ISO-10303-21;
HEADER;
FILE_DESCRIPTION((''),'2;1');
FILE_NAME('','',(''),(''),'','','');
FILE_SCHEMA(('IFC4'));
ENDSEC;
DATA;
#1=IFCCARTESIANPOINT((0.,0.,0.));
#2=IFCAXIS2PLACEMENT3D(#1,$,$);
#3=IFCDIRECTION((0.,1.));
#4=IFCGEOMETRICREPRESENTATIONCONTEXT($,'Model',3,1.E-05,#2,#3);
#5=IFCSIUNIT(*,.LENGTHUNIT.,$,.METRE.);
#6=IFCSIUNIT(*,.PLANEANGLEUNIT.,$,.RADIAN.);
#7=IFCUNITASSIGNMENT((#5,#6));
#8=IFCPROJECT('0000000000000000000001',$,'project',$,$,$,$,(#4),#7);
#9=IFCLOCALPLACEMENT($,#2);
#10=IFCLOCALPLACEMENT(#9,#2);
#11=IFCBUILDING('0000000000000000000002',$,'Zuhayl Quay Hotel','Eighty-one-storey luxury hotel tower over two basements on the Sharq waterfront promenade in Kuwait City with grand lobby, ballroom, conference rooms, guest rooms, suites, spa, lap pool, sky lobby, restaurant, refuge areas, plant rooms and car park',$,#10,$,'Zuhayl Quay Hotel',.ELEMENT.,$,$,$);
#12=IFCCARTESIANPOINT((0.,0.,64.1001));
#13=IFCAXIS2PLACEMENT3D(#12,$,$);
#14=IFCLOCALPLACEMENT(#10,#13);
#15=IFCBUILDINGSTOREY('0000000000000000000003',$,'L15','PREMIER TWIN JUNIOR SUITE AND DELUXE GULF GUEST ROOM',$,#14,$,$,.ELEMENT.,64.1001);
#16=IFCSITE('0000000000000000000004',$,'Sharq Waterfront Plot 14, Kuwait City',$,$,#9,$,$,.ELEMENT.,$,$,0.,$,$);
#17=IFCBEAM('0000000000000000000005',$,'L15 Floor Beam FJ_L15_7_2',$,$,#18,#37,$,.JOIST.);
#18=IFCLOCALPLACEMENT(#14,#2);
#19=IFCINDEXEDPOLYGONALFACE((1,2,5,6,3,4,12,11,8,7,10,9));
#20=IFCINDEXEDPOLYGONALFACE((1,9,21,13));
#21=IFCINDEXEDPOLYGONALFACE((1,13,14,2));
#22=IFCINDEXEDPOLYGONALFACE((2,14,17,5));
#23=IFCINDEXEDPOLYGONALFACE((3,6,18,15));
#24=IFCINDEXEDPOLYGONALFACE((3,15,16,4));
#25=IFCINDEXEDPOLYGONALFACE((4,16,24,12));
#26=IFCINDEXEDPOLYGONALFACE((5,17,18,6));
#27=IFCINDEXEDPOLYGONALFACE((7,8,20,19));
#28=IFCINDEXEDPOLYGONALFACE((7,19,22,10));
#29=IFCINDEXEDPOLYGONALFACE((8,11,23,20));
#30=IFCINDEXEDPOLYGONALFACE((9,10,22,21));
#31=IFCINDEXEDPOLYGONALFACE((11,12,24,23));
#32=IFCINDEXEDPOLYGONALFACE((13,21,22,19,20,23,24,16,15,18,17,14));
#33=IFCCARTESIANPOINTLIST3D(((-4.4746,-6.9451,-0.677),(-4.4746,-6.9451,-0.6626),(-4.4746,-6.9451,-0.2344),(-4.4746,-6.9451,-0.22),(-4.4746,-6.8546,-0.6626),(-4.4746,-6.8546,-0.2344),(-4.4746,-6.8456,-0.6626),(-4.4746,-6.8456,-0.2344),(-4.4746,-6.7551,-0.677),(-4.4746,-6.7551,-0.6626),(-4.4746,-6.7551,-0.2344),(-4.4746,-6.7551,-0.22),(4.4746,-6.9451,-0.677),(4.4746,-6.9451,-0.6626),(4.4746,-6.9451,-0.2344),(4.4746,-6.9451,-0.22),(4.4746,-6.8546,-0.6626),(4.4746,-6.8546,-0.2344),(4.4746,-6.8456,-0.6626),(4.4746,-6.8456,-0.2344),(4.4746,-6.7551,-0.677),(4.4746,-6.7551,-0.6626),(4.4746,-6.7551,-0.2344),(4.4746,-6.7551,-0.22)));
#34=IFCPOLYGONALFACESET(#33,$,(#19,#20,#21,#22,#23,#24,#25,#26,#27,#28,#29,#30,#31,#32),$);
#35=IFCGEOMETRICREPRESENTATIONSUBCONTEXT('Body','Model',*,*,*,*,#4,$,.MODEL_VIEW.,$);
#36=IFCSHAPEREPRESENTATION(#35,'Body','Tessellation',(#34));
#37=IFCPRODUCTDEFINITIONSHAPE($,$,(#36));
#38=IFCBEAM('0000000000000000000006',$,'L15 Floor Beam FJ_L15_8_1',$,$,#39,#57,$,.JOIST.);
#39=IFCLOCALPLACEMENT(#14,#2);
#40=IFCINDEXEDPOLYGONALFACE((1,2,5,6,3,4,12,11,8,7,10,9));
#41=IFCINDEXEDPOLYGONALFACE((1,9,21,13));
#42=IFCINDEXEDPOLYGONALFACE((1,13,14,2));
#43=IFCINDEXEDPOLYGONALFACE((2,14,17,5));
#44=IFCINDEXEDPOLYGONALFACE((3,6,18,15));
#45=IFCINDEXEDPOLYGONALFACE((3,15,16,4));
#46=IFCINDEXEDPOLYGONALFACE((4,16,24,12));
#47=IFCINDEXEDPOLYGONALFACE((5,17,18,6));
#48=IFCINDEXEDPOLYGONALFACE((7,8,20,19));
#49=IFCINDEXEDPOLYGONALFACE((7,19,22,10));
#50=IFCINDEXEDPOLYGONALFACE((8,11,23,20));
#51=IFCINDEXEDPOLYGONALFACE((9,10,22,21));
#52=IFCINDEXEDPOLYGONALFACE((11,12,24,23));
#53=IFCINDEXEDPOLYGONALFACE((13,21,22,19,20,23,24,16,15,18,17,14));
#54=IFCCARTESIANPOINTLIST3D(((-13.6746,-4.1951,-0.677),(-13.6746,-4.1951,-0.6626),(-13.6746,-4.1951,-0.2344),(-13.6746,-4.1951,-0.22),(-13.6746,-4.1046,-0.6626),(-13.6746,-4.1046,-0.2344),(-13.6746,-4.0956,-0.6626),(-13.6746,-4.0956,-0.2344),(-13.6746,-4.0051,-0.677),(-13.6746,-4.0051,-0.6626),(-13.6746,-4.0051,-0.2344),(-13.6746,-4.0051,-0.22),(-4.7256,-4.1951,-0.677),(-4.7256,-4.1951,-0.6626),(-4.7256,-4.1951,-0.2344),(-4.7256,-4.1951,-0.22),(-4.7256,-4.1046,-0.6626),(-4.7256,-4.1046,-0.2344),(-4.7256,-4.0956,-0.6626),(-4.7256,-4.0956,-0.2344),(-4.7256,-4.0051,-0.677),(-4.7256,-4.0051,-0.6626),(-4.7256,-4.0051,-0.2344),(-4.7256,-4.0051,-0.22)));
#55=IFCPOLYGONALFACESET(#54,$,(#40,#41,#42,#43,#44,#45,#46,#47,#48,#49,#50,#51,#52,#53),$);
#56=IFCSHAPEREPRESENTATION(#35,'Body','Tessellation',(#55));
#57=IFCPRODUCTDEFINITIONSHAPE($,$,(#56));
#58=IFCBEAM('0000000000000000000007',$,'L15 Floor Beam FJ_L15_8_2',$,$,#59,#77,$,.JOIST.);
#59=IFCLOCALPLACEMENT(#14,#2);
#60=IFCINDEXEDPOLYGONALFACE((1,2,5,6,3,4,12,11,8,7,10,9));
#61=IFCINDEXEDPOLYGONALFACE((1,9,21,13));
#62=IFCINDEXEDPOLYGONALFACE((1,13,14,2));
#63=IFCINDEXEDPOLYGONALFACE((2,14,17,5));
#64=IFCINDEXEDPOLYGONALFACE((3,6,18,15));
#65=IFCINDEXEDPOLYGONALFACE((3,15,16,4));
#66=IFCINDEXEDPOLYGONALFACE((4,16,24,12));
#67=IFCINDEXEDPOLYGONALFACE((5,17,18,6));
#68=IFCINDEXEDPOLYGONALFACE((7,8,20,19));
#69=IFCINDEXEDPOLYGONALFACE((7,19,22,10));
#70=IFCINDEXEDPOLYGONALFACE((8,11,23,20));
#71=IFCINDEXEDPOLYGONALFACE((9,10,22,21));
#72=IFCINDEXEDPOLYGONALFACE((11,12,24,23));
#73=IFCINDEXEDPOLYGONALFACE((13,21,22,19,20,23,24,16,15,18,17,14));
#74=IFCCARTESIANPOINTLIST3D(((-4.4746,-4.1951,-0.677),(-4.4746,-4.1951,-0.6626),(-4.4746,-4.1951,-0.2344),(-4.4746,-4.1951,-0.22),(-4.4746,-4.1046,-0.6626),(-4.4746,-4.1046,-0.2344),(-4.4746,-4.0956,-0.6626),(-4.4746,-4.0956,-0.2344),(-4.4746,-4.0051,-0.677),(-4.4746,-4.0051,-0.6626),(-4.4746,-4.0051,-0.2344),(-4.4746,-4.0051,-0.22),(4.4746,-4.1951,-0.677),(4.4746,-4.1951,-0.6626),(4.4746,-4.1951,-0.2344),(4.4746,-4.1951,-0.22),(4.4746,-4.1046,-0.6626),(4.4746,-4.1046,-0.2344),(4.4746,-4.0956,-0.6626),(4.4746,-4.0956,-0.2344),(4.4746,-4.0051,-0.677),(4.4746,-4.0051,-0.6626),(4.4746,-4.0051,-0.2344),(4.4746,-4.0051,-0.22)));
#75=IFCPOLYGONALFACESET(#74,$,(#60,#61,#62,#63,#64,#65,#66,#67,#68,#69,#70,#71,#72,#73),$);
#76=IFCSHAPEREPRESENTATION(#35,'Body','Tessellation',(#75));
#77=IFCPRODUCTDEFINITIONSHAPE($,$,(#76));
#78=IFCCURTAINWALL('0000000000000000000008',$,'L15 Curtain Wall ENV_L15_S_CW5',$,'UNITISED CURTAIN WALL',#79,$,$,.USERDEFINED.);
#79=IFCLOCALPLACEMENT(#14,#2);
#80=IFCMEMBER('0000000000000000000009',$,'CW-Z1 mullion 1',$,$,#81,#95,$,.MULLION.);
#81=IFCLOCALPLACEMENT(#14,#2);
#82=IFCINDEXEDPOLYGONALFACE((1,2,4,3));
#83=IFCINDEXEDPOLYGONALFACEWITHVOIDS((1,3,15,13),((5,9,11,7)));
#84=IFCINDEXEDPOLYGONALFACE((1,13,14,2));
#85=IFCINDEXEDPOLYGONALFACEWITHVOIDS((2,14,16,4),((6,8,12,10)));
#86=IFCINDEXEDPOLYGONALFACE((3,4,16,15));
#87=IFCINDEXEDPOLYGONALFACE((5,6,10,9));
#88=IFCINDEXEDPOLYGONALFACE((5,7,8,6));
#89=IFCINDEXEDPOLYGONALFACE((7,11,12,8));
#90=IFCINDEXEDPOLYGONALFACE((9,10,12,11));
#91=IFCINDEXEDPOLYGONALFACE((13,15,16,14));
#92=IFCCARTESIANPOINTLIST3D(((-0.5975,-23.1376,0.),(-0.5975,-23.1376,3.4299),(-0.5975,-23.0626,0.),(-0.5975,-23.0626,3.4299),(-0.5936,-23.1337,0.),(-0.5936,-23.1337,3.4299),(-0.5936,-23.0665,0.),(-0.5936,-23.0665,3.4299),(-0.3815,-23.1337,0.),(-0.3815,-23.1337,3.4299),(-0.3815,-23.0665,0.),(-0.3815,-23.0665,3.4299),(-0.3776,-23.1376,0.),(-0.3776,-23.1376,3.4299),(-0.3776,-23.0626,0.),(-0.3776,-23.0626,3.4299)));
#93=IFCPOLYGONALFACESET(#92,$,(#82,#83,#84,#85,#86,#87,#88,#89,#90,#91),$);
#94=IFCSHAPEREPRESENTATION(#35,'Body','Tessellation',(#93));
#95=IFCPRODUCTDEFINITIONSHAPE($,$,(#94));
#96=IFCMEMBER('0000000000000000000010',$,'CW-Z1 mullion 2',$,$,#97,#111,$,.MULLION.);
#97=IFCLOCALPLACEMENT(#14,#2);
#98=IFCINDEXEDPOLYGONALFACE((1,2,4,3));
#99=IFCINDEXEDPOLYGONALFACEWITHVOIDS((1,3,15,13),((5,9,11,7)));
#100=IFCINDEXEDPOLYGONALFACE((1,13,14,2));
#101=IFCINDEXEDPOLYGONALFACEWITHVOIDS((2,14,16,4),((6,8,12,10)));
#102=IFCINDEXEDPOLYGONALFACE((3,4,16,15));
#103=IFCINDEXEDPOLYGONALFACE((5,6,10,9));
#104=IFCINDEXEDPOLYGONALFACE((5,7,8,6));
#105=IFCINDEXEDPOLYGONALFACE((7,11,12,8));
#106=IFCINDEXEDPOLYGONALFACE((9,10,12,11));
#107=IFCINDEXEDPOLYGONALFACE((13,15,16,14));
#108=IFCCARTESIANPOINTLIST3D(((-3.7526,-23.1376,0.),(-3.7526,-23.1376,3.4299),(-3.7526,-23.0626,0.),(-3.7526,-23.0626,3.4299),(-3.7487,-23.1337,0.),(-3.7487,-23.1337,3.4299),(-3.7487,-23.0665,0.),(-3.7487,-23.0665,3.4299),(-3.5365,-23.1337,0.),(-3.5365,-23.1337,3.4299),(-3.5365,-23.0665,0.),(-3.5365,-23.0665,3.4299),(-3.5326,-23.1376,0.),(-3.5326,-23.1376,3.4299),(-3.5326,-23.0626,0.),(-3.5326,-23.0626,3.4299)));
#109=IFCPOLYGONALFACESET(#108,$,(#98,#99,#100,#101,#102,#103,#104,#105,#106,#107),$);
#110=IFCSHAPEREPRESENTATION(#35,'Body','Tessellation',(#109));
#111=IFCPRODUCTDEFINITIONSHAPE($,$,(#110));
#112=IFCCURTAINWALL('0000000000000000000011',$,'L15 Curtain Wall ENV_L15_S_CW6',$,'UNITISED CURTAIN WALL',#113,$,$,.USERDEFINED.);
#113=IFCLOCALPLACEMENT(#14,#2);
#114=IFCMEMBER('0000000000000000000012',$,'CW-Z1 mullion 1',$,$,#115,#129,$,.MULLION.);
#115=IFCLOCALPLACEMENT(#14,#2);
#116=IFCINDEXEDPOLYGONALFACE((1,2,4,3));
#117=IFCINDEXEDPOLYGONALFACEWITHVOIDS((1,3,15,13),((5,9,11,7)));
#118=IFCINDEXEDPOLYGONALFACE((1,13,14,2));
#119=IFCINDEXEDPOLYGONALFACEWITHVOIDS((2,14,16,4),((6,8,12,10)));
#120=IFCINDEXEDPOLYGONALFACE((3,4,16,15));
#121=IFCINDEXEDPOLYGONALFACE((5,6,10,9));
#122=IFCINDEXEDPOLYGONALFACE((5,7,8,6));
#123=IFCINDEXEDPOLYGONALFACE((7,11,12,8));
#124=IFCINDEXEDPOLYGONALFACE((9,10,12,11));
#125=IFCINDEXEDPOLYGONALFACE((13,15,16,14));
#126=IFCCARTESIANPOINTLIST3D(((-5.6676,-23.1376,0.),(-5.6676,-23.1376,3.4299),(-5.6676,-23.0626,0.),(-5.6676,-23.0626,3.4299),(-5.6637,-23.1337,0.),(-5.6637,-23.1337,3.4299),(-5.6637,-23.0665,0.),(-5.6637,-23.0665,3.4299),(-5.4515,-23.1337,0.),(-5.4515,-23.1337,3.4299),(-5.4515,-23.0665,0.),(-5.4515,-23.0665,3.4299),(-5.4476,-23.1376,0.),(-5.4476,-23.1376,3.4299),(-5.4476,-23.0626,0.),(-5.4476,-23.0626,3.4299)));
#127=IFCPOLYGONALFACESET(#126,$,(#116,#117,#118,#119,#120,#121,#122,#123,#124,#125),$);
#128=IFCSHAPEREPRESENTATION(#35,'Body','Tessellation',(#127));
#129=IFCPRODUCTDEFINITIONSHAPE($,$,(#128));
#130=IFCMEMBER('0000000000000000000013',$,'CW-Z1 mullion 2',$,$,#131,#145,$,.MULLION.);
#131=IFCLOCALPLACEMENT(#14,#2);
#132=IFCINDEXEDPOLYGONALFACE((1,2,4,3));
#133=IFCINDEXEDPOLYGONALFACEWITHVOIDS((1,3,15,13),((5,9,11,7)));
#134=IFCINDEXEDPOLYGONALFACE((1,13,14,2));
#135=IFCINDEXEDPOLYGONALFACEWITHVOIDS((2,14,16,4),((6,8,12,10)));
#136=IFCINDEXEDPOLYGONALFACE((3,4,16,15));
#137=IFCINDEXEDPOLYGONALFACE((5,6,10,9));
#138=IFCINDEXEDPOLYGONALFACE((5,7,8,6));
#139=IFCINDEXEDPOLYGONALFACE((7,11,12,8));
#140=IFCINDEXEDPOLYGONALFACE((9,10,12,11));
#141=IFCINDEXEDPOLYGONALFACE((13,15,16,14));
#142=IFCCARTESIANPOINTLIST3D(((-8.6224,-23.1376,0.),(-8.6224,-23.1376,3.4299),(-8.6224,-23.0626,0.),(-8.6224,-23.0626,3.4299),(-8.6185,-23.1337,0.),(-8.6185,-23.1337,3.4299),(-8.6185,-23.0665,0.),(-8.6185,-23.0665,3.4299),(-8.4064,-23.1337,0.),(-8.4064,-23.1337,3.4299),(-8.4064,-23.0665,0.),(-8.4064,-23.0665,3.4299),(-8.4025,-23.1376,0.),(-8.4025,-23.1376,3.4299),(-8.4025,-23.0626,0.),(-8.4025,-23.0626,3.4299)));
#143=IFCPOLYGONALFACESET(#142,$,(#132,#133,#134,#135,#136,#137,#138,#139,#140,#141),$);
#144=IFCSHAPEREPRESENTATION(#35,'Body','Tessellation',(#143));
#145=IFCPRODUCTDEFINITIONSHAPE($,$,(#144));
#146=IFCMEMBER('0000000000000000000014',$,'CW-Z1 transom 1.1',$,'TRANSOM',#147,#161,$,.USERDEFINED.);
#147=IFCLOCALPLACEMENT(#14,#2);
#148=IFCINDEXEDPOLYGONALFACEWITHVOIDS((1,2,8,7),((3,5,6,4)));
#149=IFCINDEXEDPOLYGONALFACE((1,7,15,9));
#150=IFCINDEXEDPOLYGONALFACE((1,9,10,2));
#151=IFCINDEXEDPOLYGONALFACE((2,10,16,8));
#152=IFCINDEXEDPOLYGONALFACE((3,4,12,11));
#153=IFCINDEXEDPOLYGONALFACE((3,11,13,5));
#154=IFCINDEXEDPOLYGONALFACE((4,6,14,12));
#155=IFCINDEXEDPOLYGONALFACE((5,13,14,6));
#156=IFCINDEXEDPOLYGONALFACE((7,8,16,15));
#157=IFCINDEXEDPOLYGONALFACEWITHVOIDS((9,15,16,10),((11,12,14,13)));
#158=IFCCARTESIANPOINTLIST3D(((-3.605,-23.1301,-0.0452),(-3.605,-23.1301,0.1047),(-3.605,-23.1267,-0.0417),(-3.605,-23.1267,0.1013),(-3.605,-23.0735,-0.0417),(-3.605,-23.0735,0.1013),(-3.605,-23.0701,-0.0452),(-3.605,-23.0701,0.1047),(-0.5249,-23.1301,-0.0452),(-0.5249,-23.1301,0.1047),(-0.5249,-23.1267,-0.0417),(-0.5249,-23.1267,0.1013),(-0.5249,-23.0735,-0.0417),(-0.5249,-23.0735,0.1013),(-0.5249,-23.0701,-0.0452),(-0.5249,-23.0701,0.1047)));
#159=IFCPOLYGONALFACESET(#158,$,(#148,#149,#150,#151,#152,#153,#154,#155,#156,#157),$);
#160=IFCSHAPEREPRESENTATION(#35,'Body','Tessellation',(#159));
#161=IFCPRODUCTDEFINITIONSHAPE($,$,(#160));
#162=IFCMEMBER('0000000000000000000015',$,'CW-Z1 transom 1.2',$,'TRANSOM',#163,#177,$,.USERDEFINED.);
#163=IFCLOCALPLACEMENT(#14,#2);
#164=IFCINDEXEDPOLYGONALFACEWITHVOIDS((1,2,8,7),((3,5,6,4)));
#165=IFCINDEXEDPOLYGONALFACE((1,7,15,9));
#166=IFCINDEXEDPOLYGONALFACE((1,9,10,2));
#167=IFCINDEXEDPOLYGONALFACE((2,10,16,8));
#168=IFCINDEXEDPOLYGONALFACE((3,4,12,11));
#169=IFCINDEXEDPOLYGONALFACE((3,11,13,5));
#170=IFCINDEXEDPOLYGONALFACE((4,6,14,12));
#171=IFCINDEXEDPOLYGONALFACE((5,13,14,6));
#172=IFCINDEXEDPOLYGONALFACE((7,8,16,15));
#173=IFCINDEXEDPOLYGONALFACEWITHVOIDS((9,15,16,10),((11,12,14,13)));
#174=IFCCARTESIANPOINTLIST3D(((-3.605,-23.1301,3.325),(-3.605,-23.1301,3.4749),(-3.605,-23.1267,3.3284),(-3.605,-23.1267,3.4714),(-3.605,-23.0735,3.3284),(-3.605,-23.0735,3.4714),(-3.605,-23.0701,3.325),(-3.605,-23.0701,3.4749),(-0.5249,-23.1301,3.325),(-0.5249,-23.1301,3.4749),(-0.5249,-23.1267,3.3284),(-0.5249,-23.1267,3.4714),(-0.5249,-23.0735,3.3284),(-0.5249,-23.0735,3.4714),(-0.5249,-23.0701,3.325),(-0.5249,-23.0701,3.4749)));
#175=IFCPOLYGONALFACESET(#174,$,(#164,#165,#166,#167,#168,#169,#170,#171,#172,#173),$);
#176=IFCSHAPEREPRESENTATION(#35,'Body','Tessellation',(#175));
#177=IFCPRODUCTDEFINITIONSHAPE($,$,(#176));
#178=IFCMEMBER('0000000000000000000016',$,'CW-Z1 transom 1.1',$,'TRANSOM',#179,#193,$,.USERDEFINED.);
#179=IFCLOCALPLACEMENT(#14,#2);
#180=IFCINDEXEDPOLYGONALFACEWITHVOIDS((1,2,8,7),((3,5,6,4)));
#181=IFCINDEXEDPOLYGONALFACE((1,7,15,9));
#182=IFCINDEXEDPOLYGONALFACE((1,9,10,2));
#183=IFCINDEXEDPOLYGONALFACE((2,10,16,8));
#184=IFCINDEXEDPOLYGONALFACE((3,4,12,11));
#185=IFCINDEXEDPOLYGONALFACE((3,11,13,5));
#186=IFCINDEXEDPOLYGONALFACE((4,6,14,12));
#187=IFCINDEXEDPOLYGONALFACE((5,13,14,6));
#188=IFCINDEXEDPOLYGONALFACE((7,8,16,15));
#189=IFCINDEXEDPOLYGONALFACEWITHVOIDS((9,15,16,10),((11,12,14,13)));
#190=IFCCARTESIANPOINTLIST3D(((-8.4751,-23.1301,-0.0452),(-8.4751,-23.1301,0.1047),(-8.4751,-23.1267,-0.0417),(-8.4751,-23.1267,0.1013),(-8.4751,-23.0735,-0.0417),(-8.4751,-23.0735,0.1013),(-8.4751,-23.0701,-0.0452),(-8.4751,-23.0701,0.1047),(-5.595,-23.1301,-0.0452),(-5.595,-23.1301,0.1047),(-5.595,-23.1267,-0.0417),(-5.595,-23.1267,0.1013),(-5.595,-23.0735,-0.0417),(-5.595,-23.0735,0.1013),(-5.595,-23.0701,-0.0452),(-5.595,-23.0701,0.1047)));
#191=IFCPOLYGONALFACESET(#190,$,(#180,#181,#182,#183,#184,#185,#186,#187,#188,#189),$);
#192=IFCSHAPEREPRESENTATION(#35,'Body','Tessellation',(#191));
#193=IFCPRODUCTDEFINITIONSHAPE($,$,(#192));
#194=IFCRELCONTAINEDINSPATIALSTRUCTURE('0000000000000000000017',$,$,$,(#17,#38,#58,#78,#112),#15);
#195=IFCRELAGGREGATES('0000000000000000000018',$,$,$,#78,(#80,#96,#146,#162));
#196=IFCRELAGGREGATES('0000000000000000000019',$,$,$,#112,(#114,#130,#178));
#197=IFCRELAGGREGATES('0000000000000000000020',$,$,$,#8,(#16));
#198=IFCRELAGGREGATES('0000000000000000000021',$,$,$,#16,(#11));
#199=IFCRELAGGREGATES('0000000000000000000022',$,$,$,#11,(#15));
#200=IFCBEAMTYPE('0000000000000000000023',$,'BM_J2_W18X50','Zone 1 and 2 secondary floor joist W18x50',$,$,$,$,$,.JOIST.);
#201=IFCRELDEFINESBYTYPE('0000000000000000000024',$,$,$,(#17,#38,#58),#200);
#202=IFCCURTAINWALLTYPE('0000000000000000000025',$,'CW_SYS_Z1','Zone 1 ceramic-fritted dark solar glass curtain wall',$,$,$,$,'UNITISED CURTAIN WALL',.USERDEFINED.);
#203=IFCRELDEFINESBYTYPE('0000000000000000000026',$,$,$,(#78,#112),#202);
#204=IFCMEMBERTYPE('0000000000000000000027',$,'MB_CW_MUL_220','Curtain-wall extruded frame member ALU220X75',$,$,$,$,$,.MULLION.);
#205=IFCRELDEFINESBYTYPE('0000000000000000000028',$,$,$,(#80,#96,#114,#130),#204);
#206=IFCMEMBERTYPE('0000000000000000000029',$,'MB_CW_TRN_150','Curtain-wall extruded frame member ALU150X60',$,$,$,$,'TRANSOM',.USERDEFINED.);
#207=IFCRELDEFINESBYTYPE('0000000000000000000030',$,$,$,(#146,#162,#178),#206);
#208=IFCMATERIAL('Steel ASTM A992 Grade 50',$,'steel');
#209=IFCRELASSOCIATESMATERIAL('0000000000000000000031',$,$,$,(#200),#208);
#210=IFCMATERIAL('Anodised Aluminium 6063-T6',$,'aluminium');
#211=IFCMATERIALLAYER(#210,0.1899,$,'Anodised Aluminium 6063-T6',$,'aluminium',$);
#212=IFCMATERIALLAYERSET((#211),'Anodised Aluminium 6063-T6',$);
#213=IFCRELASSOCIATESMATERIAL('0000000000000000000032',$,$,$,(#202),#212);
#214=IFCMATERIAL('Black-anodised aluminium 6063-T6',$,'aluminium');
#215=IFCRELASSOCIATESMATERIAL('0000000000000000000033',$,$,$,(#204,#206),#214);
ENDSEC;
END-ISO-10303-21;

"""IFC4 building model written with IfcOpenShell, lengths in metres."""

from ifc_helpers import new_model, si_unit, direction, frame, origin, origin_2d, place, context, subcontext, project, spatial, hollow_rectangle, i_section, extrude, material, layer, layer_set, material_profile, profile_set, type_object, element, aggregate, save


model = new_model("IFC4")

# Units and contexts
model_context = context("Model", 3, precision=1e-05, world=origin(), true_north=direction((0.0, 1.0)))
body_context = subcontext(model_context, "Body", "Model", "MODEL_VIEW")
ifc_project = project(units=[si_unit("LENGTHUNIT", "METRE"), si_unit("PLANEANGLEUNIT", "RADIAN")], contexts=[model_context])

# Site, building, storey
site_placement = place(None, origin())
site = spatial("IfcSite", under=ifc_project, at=site_placement, Name="Sharq Waterfront Plot 14, Kuwait City", CompositionType="ELEMENT", RefElevation=0.0)
building_placement = place(site_placement, origin())
building = spatial("IfcBuilding", under=site, at=building_placement, Name="Zuhayl Quay Hotel", Description="Eighty-one-storey luxury hotel tower over two basements on the Sharq waterfront promenade in Kuwait City with grand lobby, ballroom, conference rooms, guest rooms, suites, spa, lap pool, sky lobby, restaurant, refuge areas, plant rooms and car park", LongName="Zuhayl Quay Hotel", CompositionType="ELEMENT")
storey_placement = place(building_placement, frame((0.0, 0.0, 64.1001)))
storey = spatial("IfcBuildingStorey", under=building, at=storey_placement, Name="L15", Description="PREMIER TWIN JUNIOR SUITE AND DELUXE GULF GUEST ROOM", CompositionType="ELEMENT", Elevation=64.1001)

# Beams
ifc_material_1 = material(Name="Steel ASTM A992 Grade 50", Category="steel")
ifc_material_profile_1 = material_profile(ifc_material_1, i_section(OverallWidth=0.1899, OverallDepth=0.457, WebThickness=0.009, FlangeThickness=0.0144, at=origin_2d()), Name="W18X50")
ifc_profile_set_1 = profile_set([ifc_material_profile_1], Name="Steel ASTM A992 Grade 50")
beam_type_1 = type_object("IfcBeamType", Name="BM_J2_W18X50", Description="Zone 1 and 2 secondary floor joist W18x50", PredefinedType="JOIST", material=ifc_profile_set_1)
beam_1_placement = place(storey_placement, frame((-4.4746, -6.8501, -0.4485), z_axis=(1.0, 0.0, 0.0), x_axis=(0.0, 1.0, 0.0)))
element("IfcBeam", 1, at=beam_1_placement, inside=storey, type_object=beam_type_1, Name="L15 Floor Beam FJ_L15_7_2", PredefinedType="JOIST", context=body_context, shape_type="SweptSolid", body=[
    extrude(i_section(OverallWidth=0.1899, OverallDepth=0.457, WebThickness=0.009, FlangeThickness=0.0144, at=origin_2d()), origin(), (0.0, 0.0, 1.0), 8.9492),
])
beam_2_placement = place(storey_placement, frame((-13.6746, -4.1001, -0.4485), z_axis=(1.0, 0.0, 0.0), x_axis=(0.0, 1.0, 0.0)))
element("IfcBeam", 2, at=beam_2_placement, inside=storey, type_object=beam_type_1, Name="L15 Floor Beam FJ_L15_8_1", PredefinedType="JOIST", context=body_context, shape_type="SweptSolid", body=[
    extrude(i_section(OverallWidth=0.1899, OverallDepth=0.457, WebThickness=0.009, FlangeThickness=0.0144, at=origin_2d()), origin(), (0.0, 0.0, 1.0), 8.949),
])
beam_3_placement = place(storey_placement, frame((-4.4746, -4.1001, -0.4485), z_axis=(1.0, 0.0, 0.0), x_axis=(0.0, 1.0, 0.0)))
element("IfcBeam", 3, at=beam_3_placement, inside=storey, type_object=beam_type_1, Name="L15 Floor Beam FJ_L15_8_2", PredefinedType="JOIST", context=body_context, shape_type="SweptSolid", body=[
    extrude(i_section(OverallWidth=0.1899, OverallDepth=0.457, WebThickness=0.009, FlangeThickness=0.0144, at=origin_2d()), origin(), (0.0, 0.0, 1.0), 8.9492),
])

# Curtain walls, members
ifc_material_2 = material(Name="Anodised Aluminium 6063-T6", Category="aluminium")
ifc_layer_1 = layer(ifc_material_2, 0.1899, Name="Anodised Aluminium 6063-T6", Category="aluminium")
ifc_layer_set_1 = layer_set([ifc_layer_1], Name="Anodised Aluminium 6063-T6")
curtain_wall_type = type_object("IfcCurtainWallType", Name="CW_SYS_Z1", Description="Zone 1 ceramic-fritted dark solar glass curtain wall", ElementType="UNITISED CURTAIN WALL", PredefinedType="USERDEFINED", material=ifc_layer_set_1)
curtain_wall_1_placement = place(storey_placement, origin())
curtain_wall_1 = element("IfcCurtainWall", 4, at=curtain_wall_1_placement, inside=storey, type_object=curtain_wall_type, Name="L15 Curtain Wall ENV_L15_S_CW5", ObjectType="UNITISED CURTAIN WALL", PredefinedType="USERDEFINED")
ifc_material_3 = material(Name="Black-anodised aluminium 6063-T6", Category="aluminium")
ifc_material_profile_2 = material_profile(ifc_material_3, hollow_rectangle(XDim=0.075, YDim=0.22, WallThickness=0.0039, at=origin_2d()), Name="ALU220X75")
ifc_profile_set_2 = profile_set([ifc_material_profile_2], Name="Black-anodised aluminium 6063-T6")
member_type_1 = type_object("IfcMemberType", Name="MB_CW_MUL_220", Description="Curtain-wall extruded frame member ALU220X75", PredefinedType="MULLION", material=ifc_profile_set_2)
member_1_placement = place(storey_placement, frame((-0.4875, -23.1001, 0.0), z_axis=(0.0, 0.0, 1.0), x_axis=(0.0, -1.0, 0.0)))
member_1 = element("IfcMember", 5, at=member_1_placement, type_object=member_type_1, Name="CW-Z1 mullion 1", PredefinedType="MULLION", context=body_context, shape_type="SweptSolid", body=[
    extrude(hollow_rectangle(XDim=0.075, YDim=0.22, WallThickness=0.0039, at=origin_2d()), origin(), (0.0, 0.0, 1.0), 3.4299),
])
member_2_placement = place(storey_placement, frame((-3.6426, -23.1001, 0.0), z_axis=(0.0, 0.0, 1.0), x_axis=(0.0, -1.0, 0.0)))
member_2 = element("IfcMember", 6, at=member_2_placement, type_object=member_type_1, Name="CW-Z1 mullion 2", PredefinedType="MULLION", context=body_context, shape_type="SweptSolid", body=[
    extrude(hollow_rectangle(XDim=0.075, YDim=0.22, WallThickness=0.0039, at=origin_2d()), origin(), (0.0, 0.0, 1.0), 3.4299),
])
curtain_wall_2_placement = place(storey_placement, origin())
curtain_wall_2 = element("IfcCurtainWall", 7, at=curtain_wall_2_placement, inside=storey, type_object=curtain_wall_type, Name="L15 Curtain Wall ENV_L15_S_CW6", ObjectType="UNITISED CURTAIN WALL", PredefinedType="USERDEFINED")
member_3_placement = place(storey_placement, frame((-5.5576, -23.1001, 0.0), z_axis=(0.0, 0.0, 1.0), x_axis=(0.0, -1.0, 0.0)))
member_3 = element("IfcMember", 8, at=member_3_placement, type_object=member_type_1, Name="CW-Z1 mullion 1", PredefinedType="MULLION", context=body_context, shape_type="SweptSolid", body=[
    extrude(hollow_rectangle(XDim=0.075, YDim=0.22, WallThickness=0.0039, at=origin_2d()), origin(), (0.0, 0.0, 1.0), 3.4299),
])
member_4_placement = place(storey_placement, frame((-8.5125, -23.1001, 0.0), z_axis=(0.0, 0.0, 1.0), x_axis=(0.0, -1.0, 0.0)))
member_4 = element("IfcMember", 9, at=member_4_placement, type_object=member_type_1, Name="CW-Z1 mullion 2", PredefinedType="MULLION", context=body_context, shape_type="SweptSolid", body=[
    extrude(hollow_rectangle(XDim=0.075, YDim=0.22, WallThickness=0.0039, at=origin_2d()), origin(), (0.0, 0.0, 1.0), 3.4299),
])

# Members
ifc_material_profile_3 = material_profile(ifc_material_3, hollow_rectangle(XDim=0.0601, YDim=0.1499, WallThickness=0.0034, at=origin_2d()), Name="ALU150X60")
ifc_profile_set_3 = profile_set([ifc_material_profile_3], Name="Black-anodised aluminium 6063-T6")
member_type_2 = type_object("IfcMemberType", Name="MB_CW_TRN_150", Description="Curtain-wall extruded frame member ALU150X60", ElementType="TRANSOM", PredefinedType="USERDEFINED", material=ifc_profile_set_3)
member_5_placement = place(storey_placement, frame((-0.5249, -23.1001, 0.0298), z_axis=(-1.0, 0.0, 0.0), x_axis=(0.0, -1.0, 0.0)))
member_5 = element("IfcMember", 10, at=member_5_placement, type_object=member_type_2, Name="CW-Z1 transom 1.1", ObjectType="TRANSOM", PredefinedType="USERDEFINED", context=body_context, shape_type="SweptSolid", body=[
    extrude(hollow_rectangle(XDim=0.0601, YDim=0.1499, WallThickness=0.0034, at=origin_2d()), origin(), (0.0, 0.0, 1.0), 3.0801),
])
member_6_placement = place(storey_placement, frame((-0.5249, -23.1001, 3.3999), z_axis=(-1.0, 0.0, 0.0), x_axis=(0.0, -1.0, 0.0)))
member_6 = element("IfcMember", 11, at=member_6_placement, type_object=member_type_2, Name="CW-Z1 transom 1.2", ObjectType="TRANSOM", PredefinedType="USERDEFINED", context=body_context, shape_type="SweptSolid", body=[
    extrude(hollow_rectangle(XDim=0.0601, YDim=0.1499, WallThickness=0.0034, at=origin_2d()), origin(), (0.0, 0.0, 1.0), 3.0801),
])
member_7_placement = place(storey_placement, frame((-5.595, -23.1001, 0.0298), z_axis=(-1.0, 0.0, 0.0), x_axis=(0.0, -1.0, 0.0)))
member_7 = element("IfcMember", 12, at=member_7_placement, type_object=member_type_2, Name="CW-Z1 transom 1.1", ObjectType="TRANSOM", PredefinedType="USERDEFINED", context=body_context, shape_type="SweptSolid", body=[
    extrude(hollow_rectangle(XDim=0.0601, YDim=0.1499, WallThickness=0.0034, at=origin_2d()), origin(), (0.0, 0.0, 1.0), 2.8801),
])

aggregate(curtain_wall_1, [member_1, member_2, member_5, member_6])
aggregate(curtain_wall_2, [member_3, member_4, member_7])

save(model, "model.ifc")
